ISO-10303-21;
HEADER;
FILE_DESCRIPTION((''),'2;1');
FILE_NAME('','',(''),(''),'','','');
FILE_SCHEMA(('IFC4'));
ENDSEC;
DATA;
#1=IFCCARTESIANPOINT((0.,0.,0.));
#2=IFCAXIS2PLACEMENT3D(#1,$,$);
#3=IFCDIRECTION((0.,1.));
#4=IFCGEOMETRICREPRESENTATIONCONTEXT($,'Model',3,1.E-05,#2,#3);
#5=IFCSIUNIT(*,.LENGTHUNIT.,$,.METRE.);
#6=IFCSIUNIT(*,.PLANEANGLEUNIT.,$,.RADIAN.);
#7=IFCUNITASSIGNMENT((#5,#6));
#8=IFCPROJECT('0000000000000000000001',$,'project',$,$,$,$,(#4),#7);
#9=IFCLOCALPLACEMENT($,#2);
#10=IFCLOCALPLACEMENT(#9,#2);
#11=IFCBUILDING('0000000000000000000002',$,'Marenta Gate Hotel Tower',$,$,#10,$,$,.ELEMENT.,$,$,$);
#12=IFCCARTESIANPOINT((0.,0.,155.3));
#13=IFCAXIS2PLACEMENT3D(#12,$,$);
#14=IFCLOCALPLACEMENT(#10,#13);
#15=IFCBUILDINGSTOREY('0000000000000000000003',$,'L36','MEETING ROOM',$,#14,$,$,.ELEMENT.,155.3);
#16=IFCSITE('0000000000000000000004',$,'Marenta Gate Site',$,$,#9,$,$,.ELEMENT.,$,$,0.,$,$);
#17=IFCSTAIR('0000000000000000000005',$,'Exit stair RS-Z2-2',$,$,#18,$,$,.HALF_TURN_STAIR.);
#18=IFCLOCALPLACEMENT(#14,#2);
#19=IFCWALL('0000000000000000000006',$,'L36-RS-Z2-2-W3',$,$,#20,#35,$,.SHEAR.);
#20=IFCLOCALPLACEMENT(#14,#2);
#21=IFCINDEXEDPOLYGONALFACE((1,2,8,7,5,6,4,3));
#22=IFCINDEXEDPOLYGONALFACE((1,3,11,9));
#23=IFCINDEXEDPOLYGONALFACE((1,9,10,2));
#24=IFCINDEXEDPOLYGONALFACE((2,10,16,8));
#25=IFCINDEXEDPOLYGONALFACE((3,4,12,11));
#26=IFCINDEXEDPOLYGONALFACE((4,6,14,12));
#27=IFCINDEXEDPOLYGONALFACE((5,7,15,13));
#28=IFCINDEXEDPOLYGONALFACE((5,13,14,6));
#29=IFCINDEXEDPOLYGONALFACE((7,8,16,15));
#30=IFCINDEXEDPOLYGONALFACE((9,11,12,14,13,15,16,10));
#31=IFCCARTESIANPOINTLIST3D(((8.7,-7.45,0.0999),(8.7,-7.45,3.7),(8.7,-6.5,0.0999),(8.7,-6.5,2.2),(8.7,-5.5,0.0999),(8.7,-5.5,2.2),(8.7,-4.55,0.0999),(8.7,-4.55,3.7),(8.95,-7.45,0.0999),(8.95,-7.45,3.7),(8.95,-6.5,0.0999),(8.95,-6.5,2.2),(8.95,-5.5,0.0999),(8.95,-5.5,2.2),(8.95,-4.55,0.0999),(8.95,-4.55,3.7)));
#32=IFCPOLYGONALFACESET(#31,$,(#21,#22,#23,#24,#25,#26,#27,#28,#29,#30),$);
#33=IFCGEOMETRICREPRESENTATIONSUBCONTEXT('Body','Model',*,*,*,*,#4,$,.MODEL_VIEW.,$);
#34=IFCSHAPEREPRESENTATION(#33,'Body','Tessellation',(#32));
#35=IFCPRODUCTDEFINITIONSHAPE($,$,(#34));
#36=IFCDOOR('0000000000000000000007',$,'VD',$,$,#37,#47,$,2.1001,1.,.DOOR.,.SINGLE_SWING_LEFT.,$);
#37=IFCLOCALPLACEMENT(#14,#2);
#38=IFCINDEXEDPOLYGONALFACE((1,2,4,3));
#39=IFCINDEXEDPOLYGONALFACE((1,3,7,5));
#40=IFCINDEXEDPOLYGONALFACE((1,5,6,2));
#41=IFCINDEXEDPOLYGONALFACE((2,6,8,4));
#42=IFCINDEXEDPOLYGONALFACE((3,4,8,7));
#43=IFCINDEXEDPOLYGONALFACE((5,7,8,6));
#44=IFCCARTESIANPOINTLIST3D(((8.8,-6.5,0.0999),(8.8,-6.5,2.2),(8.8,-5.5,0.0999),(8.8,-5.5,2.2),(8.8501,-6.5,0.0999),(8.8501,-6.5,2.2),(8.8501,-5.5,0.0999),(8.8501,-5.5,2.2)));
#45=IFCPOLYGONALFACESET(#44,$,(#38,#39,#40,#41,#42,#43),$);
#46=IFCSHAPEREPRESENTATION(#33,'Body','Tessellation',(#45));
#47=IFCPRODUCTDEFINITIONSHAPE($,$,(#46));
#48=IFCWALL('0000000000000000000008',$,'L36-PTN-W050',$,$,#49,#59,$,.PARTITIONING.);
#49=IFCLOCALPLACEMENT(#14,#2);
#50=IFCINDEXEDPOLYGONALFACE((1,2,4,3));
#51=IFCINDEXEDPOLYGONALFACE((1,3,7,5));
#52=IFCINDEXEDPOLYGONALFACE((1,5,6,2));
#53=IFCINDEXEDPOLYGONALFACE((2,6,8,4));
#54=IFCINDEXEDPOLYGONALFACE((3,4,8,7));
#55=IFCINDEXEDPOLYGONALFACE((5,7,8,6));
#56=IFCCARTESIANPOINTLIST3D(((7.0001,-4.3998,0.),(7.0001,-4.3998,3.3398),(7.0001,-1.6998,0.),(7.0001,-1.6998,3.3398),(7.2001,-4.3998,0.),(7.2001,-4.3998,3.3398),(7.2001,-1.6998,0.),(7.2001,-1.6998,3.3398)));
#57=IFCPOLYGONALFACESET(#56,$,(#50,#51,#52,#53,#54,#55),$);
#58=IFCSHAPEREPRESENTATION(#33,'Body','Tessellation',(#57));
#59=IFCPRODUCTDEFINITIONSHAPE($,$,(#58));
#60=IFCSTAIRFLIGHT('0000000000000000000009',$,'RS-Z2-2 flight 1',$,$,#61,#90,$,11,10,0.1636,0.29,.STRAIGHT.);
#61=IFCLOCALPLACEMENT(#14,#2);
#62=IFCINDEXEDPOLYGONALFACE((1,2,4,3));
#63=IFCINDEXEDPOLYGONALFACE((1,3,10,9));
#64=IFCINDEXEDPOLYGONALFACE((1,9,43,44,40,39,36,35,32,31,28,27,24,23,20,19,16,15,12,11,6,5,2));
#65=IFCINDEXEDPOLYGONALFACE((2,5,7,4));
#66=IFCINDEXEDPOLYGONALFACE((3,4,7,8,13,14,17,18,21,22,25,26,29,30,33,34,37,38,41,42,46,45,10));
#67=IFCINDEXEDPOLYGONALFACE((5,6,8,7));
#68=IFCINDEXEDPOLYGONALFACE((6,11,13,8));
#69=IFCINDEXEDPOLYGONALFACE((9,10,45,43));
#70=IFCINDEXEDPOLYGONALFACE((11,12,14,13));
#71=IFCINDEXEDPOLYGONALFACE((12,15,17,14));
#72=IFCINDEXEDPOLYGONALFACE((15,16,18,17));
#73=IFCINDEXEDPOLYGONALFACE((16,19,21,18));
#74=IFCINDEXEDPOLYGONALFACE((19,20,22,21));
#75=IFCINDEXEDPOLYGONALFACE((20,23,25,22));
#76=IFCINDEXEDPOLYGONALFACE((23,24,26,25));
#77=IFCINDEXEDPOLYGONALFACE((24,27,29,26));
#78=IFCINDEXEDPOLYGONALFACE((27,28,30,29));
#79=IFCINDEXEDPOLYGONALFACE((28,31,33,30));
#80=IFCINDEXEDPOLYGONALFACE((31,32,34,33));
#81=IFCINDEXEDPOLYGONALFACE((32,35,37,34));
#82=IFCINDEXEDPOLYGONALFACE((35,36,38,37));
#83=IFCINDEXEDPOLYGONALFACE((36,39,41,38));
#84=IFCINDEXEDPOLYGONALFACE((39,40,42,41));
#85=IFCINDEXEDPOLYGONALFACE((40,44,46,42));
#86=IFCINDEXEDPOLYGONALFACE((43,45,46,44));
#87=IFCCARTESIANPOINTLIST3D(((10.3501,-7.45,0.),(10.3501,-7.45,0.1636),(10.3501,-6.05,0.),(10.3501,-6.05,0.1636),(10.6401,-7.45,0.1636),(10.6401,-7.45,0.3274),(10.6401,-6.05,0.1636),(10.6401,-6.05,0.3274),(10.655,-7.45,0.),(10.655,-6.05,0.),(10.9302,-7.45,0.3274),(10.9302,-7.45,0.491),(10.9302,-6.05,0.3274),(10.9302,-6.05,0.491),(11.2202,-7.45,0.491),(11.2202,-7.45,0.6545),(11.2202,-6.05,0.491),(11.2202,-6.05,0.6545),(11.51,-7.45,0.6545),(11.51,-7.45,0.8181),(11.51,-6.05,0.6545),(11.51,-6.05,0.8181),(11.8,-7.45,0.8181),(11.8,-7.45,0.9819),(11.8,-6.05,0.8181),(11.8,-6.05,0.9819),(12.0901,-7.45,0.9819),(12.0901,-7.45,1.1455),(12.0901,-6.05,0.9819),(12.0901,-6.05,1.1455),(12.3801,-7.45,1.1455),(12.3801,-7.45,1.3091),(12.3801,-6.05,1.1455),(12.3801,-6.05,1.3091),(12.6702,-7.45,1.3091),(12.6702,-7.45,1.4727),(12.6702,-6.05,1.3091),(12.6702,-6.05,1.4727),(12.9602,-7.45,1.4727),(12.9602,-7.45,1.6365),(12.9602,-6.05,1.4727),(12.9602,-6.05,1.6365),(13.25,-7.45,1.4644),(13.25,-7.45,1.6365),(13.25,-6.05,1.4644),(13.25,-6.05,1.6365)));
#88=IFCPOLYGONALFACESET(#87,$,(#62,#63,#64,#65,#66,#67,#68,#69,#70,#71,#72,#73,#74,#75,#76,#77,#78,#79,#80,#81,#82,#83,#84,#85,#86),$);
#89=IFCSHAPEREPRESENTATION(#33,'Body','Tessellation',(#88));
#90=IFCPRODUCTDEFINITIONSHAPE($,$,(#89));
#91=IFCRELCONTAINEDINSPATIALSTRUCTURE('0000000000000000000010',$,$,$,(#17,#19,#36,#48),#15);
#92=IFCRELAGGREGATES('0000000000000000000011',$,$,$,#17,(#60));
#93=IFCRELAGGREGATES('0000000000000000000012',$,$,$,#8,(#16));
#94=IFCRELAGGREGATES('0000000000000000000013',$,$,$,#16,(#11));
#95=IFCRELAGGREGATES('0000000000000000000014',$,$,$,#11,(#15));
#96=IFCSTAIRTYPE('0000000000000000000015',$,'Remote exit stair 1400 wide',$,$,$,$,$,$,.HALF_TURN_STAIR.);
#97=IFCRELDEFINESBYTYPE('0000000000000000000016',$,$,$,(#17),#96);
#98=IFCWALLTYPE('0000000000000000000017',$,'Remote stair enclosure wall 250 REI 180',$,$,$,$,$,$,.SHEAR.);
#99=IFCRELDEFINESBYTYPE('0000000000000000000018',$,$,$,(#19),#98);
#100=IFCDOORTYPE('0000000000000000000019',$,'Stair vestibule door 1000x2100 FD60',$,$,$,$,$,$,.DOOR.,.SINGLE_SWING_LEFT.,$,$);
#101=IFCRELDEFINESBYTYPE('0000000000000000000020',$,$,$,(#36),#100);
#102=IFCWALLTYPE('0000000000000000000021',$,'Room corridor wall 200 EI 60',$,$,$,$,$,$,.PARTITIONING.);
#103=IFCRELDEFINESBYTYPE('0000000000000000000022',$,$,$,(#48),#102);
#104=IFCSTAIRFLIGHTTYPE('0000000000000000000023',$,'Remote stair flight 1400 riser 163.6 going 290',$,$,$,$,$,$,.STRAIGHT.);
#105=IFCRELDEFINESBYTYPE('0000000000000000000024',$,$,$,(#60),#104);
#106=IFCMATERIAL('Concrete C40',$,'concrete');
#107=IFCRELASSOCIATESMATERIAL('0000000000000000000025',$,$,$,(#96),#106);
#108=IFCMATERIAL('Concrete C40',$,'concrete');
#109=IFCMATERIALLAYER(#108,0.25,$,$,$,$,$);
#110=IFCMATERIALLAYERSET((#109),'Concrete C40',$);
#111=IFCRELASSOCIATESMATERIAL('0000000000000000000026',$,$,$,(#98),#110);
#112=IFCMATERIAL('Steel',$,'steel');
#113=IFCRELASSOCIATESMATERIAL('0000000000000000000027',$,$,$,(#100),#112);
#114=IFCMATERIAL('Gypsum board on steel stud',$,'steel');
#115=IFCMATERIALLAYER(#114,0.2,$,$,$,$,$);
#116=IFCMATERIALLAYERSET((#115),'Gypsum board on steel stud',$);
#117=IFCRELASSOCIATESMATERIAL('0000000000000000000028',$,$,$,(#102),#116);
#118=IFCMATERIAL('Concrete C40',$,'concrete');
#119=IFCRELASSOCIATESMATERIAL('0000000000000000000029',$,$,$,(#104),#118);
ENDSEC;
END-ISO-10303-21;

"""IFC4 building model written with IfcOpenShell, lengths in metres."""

from ifc_helpers import new_model, si_unit, direction, frame, frame_2d, origin, place, context, subcontext, project, spatial, polyline, rectangle, outline, extrude, material, layer, layer_set, type_object, element, fill, aggregate, save


model = new_model("IFC4")

# Units and contexts
model_context = context("Model", 3, precision=1e-05, world=origin(), true_north=direction((0.0, 1.0)))
body_context = subcontext(model_context, "Body", "Model", "MODEL_VIEW")
ifc_project = project(units=[si_unit("LENGTHUNIT", "METRE"), si_unit("PLANEANGLEUNIT", "RADIAN")], contexts=[model_context])

# Site, building, storey
site_placement = place(None, origin())
site = spatial("IfcSite", under=ifc_project, at=site_placement, Name="Marenta Gate Site", CompositionType="ELEMENT", RefElevation=0.0)
building_placement = place(site_placement, origin())
building = spatial("IfcBuilding", under=site, at=building_placement, Name="Marenta Gate Hotel Tower", CompositionType="ELEMENT")
storey_placement = place(building_placement, frame((0.0, 0.0, 155.3)))
storey = spatial("IfcBuildingStorey", under=building, at=storey_placement, Name="L36", Description="MEETING ROOM", CompositionType="ELEMENT", Elevation=155.3)

# Stair
ifc_material_1 = material(Name="Concrete C40", Category="concrete")
stair_type = type_object("IfcStairType", Name="Remote exit stair 1400 wide", PredefinedType="HALF_TURN_STAIR", material=ifc_material_1)
stair_1_placement = place(storey_placement, origin())
stair_1 = element("IfcStair", 1, at=stair_1_placement, inside=storey, type_object=stair_type, Name="Exit stair RS-Z2-2", PredefinedType="HALF_TURN_STAIR")

# Shared definitions
ifc_material_2 = material(Name="Concrete C40", Category="concrete")
ifc_layer_1 = layer(ifc_material_2, 0.25)
ifc_layer_set_1 = layer_set([ifc_layer_1], Name="Concrete C40")
wall_type_1 = type_object("IfcWallType", Name="Remote stair enclosure wall 250 REI 180", PredefinedType="SHEAR", material=ifc_layer_set_1)

# Wall, opening, door
wall_1_placement = place(storey_placement, frame((8.825, -7.45, 0.0999), z_axis=(0.0, 0.0, 1.0), x_axis=(0.0, 1.0, 0.0)))
wall_1 = element("IfcWall", 2, at=wall_1_placement, inside=storey, type_object=wall_type_1, Name="L36-RS-Z2-2-W3", PredefinedType="SHEAR", context=body_context, shape_type="SweptSolid", body=[
    extrude(rectangle(XDim=2.8999, YDim=0.25, at=frame_2d((1.45, 0.0))), origin(), (0.0, 0.0, 1.0), 3.6001),
])
opening_1_placement = place(wall_1_placement, frame((0.95, 0.0, 0.0)))
opening_1 = element("IfcOpeningElement", 3, at=opening_1_placement, cuts=wall_1, PredefinedType="OPENING", context=body_context, shape_type="SweptSolid", body=[
    extrude(rectangle(XDim=1.0, YDim=2.1001, at=frame_2d((0.5, 1.05))), frame((0.0, 0.125, 0.0), z_axis=(0.0, -1.0, 0.0), x_axis=(1.0, 0.0, 0.0)), (0.0, 0.0, 1.0), 0.25),
])
ifc_material_3 = material(Name="Steel", Category="steel")
door_type_1 = type_object("IfcDoorType", Name="Stair vestibule door 1000x2100 FD60", OperationType="SINGLE_SWING_LEFT", PredefinedType="DOOR", material=ifc_material_3)
door_1_placement = place(opening_1_placement, origin())
door_1 = element("IfcDoor", 4, at=door_1_placement, inside=storey, type_object=door_type_1, Name="VD", OperationType="SINGLE_SWING_LEFT", OverallHeight=2.1001, OverallWidth=1.0, PredefinedType="DOOR", context=body_context, shape_type="SweptSolid", body=[
    extrude(rectangle(XDim=1.0, YDim=2.1001, at=frame_2d((0.5, 1.05))), frame((0.0, 0.0249, 0.0), z_axis=(0.0, -1.0, 0.0), x_axis=(1.0, 0.0, 0.0)), (0.0, 0.0, 1.0), 0.05),
])
fill(opening_1, door_1)
ifc_material_4 = material(Name="Gypsum board on steel stud", Category="steel")
ifc_layer_2 = layer(ifc_material_4, 0.2)
ifc_layer_set_2 = layer_set([ifc_layer_2], Name="Gypsum board on steel stud")
wall_type_2 = type_object("IfcWallType", Name="Room corridor wall 200 EI 60", PredefinedType="PARTITIONING", material=ifc_layer_set_2)

# Wall
wall_2_placement = place(storey_placement, frame((7.1001, -4.3999, 0.0), z_axis=(0.0, 0.0, 1.0), x_axis=(0.0, 1.0, 0.0)))
element("IfcWall", 5, at=wall_2_placement, inside=storey, type_object=wall_type_2, Name="L36-PTN-W050", PredefinedType="PARTITIONING", context=body_context, shape_type="SweptSolid", body=[
    extrude(rectangle(XDim=2.7, YDim=0.2, at=frame_2d((1.3501, 0.0))), origin(), (0.0, 0.0, 1.0), 3.3398),
])

# Stair flight
ifc_material_5 = material(Name="Concrete C40", Category="concrete")
stair_flight_type = type_object("IfcStairFlightType", Name="Remote stair flight 1400 riser 163.6 going 290", PredefinedType="STRAIGHT", material=ifc_material_5)
stair_flight_placement = place(storey_placement, frame((10.3501, -6.75, 0.0), z_axis=(0.0, 0.0, 1.0), x_axis=(1.0, 0.0, 0.0)))
stair_flight = element("IfcStairFlight", 6, at=stair_flight_placement, type_object=stair_flight_type, Name="RS-Z2-2 flight 1", NumberOfRisers=11, NumberOfTreads=10, PredefinedType="STRAIGHT", RiserHeight=0.1636, TreadLength=0.29, context=body_context, shape_type="SweptSolid", body=[
    extrude(outline(polyline([(0.0, 0.0), (0.0, 0.1636), (0.29, 0.1636), (0.29, 0.3274), (0.5801, 0.3274), (0.5801, 0.491), (0.8701, 0.491), (0.8701, 0.6545), (1.1599, 0.6545), (1.1599, 0.8181), (1.45, 0.8181), (1.45, 0.9819), (1.74, 0.9819), (1.74, 1.1455), (2.03, 1.1455), (2.03, 1.3091), (2.3201, 1.3091), (2.3201, 1.4727), (2.6101, 1.4727), (2.6101, 1.6365), (2.8999, 1.6365), (2.8999, 1.8), (2.8999, 1.4644), (0.3049, 0.0), (0.0, 0.0)])), frame((0.0, 0.7, 0.0), z_axis=(0.0, -1.0, 0.0), x_axis=(1.0, 0.0, 0.0)), (0.0, 0.0, 1.0), 1.3999),
])
aggregate(stair_1, [stair_flight])

save(model, "model.ifc")
